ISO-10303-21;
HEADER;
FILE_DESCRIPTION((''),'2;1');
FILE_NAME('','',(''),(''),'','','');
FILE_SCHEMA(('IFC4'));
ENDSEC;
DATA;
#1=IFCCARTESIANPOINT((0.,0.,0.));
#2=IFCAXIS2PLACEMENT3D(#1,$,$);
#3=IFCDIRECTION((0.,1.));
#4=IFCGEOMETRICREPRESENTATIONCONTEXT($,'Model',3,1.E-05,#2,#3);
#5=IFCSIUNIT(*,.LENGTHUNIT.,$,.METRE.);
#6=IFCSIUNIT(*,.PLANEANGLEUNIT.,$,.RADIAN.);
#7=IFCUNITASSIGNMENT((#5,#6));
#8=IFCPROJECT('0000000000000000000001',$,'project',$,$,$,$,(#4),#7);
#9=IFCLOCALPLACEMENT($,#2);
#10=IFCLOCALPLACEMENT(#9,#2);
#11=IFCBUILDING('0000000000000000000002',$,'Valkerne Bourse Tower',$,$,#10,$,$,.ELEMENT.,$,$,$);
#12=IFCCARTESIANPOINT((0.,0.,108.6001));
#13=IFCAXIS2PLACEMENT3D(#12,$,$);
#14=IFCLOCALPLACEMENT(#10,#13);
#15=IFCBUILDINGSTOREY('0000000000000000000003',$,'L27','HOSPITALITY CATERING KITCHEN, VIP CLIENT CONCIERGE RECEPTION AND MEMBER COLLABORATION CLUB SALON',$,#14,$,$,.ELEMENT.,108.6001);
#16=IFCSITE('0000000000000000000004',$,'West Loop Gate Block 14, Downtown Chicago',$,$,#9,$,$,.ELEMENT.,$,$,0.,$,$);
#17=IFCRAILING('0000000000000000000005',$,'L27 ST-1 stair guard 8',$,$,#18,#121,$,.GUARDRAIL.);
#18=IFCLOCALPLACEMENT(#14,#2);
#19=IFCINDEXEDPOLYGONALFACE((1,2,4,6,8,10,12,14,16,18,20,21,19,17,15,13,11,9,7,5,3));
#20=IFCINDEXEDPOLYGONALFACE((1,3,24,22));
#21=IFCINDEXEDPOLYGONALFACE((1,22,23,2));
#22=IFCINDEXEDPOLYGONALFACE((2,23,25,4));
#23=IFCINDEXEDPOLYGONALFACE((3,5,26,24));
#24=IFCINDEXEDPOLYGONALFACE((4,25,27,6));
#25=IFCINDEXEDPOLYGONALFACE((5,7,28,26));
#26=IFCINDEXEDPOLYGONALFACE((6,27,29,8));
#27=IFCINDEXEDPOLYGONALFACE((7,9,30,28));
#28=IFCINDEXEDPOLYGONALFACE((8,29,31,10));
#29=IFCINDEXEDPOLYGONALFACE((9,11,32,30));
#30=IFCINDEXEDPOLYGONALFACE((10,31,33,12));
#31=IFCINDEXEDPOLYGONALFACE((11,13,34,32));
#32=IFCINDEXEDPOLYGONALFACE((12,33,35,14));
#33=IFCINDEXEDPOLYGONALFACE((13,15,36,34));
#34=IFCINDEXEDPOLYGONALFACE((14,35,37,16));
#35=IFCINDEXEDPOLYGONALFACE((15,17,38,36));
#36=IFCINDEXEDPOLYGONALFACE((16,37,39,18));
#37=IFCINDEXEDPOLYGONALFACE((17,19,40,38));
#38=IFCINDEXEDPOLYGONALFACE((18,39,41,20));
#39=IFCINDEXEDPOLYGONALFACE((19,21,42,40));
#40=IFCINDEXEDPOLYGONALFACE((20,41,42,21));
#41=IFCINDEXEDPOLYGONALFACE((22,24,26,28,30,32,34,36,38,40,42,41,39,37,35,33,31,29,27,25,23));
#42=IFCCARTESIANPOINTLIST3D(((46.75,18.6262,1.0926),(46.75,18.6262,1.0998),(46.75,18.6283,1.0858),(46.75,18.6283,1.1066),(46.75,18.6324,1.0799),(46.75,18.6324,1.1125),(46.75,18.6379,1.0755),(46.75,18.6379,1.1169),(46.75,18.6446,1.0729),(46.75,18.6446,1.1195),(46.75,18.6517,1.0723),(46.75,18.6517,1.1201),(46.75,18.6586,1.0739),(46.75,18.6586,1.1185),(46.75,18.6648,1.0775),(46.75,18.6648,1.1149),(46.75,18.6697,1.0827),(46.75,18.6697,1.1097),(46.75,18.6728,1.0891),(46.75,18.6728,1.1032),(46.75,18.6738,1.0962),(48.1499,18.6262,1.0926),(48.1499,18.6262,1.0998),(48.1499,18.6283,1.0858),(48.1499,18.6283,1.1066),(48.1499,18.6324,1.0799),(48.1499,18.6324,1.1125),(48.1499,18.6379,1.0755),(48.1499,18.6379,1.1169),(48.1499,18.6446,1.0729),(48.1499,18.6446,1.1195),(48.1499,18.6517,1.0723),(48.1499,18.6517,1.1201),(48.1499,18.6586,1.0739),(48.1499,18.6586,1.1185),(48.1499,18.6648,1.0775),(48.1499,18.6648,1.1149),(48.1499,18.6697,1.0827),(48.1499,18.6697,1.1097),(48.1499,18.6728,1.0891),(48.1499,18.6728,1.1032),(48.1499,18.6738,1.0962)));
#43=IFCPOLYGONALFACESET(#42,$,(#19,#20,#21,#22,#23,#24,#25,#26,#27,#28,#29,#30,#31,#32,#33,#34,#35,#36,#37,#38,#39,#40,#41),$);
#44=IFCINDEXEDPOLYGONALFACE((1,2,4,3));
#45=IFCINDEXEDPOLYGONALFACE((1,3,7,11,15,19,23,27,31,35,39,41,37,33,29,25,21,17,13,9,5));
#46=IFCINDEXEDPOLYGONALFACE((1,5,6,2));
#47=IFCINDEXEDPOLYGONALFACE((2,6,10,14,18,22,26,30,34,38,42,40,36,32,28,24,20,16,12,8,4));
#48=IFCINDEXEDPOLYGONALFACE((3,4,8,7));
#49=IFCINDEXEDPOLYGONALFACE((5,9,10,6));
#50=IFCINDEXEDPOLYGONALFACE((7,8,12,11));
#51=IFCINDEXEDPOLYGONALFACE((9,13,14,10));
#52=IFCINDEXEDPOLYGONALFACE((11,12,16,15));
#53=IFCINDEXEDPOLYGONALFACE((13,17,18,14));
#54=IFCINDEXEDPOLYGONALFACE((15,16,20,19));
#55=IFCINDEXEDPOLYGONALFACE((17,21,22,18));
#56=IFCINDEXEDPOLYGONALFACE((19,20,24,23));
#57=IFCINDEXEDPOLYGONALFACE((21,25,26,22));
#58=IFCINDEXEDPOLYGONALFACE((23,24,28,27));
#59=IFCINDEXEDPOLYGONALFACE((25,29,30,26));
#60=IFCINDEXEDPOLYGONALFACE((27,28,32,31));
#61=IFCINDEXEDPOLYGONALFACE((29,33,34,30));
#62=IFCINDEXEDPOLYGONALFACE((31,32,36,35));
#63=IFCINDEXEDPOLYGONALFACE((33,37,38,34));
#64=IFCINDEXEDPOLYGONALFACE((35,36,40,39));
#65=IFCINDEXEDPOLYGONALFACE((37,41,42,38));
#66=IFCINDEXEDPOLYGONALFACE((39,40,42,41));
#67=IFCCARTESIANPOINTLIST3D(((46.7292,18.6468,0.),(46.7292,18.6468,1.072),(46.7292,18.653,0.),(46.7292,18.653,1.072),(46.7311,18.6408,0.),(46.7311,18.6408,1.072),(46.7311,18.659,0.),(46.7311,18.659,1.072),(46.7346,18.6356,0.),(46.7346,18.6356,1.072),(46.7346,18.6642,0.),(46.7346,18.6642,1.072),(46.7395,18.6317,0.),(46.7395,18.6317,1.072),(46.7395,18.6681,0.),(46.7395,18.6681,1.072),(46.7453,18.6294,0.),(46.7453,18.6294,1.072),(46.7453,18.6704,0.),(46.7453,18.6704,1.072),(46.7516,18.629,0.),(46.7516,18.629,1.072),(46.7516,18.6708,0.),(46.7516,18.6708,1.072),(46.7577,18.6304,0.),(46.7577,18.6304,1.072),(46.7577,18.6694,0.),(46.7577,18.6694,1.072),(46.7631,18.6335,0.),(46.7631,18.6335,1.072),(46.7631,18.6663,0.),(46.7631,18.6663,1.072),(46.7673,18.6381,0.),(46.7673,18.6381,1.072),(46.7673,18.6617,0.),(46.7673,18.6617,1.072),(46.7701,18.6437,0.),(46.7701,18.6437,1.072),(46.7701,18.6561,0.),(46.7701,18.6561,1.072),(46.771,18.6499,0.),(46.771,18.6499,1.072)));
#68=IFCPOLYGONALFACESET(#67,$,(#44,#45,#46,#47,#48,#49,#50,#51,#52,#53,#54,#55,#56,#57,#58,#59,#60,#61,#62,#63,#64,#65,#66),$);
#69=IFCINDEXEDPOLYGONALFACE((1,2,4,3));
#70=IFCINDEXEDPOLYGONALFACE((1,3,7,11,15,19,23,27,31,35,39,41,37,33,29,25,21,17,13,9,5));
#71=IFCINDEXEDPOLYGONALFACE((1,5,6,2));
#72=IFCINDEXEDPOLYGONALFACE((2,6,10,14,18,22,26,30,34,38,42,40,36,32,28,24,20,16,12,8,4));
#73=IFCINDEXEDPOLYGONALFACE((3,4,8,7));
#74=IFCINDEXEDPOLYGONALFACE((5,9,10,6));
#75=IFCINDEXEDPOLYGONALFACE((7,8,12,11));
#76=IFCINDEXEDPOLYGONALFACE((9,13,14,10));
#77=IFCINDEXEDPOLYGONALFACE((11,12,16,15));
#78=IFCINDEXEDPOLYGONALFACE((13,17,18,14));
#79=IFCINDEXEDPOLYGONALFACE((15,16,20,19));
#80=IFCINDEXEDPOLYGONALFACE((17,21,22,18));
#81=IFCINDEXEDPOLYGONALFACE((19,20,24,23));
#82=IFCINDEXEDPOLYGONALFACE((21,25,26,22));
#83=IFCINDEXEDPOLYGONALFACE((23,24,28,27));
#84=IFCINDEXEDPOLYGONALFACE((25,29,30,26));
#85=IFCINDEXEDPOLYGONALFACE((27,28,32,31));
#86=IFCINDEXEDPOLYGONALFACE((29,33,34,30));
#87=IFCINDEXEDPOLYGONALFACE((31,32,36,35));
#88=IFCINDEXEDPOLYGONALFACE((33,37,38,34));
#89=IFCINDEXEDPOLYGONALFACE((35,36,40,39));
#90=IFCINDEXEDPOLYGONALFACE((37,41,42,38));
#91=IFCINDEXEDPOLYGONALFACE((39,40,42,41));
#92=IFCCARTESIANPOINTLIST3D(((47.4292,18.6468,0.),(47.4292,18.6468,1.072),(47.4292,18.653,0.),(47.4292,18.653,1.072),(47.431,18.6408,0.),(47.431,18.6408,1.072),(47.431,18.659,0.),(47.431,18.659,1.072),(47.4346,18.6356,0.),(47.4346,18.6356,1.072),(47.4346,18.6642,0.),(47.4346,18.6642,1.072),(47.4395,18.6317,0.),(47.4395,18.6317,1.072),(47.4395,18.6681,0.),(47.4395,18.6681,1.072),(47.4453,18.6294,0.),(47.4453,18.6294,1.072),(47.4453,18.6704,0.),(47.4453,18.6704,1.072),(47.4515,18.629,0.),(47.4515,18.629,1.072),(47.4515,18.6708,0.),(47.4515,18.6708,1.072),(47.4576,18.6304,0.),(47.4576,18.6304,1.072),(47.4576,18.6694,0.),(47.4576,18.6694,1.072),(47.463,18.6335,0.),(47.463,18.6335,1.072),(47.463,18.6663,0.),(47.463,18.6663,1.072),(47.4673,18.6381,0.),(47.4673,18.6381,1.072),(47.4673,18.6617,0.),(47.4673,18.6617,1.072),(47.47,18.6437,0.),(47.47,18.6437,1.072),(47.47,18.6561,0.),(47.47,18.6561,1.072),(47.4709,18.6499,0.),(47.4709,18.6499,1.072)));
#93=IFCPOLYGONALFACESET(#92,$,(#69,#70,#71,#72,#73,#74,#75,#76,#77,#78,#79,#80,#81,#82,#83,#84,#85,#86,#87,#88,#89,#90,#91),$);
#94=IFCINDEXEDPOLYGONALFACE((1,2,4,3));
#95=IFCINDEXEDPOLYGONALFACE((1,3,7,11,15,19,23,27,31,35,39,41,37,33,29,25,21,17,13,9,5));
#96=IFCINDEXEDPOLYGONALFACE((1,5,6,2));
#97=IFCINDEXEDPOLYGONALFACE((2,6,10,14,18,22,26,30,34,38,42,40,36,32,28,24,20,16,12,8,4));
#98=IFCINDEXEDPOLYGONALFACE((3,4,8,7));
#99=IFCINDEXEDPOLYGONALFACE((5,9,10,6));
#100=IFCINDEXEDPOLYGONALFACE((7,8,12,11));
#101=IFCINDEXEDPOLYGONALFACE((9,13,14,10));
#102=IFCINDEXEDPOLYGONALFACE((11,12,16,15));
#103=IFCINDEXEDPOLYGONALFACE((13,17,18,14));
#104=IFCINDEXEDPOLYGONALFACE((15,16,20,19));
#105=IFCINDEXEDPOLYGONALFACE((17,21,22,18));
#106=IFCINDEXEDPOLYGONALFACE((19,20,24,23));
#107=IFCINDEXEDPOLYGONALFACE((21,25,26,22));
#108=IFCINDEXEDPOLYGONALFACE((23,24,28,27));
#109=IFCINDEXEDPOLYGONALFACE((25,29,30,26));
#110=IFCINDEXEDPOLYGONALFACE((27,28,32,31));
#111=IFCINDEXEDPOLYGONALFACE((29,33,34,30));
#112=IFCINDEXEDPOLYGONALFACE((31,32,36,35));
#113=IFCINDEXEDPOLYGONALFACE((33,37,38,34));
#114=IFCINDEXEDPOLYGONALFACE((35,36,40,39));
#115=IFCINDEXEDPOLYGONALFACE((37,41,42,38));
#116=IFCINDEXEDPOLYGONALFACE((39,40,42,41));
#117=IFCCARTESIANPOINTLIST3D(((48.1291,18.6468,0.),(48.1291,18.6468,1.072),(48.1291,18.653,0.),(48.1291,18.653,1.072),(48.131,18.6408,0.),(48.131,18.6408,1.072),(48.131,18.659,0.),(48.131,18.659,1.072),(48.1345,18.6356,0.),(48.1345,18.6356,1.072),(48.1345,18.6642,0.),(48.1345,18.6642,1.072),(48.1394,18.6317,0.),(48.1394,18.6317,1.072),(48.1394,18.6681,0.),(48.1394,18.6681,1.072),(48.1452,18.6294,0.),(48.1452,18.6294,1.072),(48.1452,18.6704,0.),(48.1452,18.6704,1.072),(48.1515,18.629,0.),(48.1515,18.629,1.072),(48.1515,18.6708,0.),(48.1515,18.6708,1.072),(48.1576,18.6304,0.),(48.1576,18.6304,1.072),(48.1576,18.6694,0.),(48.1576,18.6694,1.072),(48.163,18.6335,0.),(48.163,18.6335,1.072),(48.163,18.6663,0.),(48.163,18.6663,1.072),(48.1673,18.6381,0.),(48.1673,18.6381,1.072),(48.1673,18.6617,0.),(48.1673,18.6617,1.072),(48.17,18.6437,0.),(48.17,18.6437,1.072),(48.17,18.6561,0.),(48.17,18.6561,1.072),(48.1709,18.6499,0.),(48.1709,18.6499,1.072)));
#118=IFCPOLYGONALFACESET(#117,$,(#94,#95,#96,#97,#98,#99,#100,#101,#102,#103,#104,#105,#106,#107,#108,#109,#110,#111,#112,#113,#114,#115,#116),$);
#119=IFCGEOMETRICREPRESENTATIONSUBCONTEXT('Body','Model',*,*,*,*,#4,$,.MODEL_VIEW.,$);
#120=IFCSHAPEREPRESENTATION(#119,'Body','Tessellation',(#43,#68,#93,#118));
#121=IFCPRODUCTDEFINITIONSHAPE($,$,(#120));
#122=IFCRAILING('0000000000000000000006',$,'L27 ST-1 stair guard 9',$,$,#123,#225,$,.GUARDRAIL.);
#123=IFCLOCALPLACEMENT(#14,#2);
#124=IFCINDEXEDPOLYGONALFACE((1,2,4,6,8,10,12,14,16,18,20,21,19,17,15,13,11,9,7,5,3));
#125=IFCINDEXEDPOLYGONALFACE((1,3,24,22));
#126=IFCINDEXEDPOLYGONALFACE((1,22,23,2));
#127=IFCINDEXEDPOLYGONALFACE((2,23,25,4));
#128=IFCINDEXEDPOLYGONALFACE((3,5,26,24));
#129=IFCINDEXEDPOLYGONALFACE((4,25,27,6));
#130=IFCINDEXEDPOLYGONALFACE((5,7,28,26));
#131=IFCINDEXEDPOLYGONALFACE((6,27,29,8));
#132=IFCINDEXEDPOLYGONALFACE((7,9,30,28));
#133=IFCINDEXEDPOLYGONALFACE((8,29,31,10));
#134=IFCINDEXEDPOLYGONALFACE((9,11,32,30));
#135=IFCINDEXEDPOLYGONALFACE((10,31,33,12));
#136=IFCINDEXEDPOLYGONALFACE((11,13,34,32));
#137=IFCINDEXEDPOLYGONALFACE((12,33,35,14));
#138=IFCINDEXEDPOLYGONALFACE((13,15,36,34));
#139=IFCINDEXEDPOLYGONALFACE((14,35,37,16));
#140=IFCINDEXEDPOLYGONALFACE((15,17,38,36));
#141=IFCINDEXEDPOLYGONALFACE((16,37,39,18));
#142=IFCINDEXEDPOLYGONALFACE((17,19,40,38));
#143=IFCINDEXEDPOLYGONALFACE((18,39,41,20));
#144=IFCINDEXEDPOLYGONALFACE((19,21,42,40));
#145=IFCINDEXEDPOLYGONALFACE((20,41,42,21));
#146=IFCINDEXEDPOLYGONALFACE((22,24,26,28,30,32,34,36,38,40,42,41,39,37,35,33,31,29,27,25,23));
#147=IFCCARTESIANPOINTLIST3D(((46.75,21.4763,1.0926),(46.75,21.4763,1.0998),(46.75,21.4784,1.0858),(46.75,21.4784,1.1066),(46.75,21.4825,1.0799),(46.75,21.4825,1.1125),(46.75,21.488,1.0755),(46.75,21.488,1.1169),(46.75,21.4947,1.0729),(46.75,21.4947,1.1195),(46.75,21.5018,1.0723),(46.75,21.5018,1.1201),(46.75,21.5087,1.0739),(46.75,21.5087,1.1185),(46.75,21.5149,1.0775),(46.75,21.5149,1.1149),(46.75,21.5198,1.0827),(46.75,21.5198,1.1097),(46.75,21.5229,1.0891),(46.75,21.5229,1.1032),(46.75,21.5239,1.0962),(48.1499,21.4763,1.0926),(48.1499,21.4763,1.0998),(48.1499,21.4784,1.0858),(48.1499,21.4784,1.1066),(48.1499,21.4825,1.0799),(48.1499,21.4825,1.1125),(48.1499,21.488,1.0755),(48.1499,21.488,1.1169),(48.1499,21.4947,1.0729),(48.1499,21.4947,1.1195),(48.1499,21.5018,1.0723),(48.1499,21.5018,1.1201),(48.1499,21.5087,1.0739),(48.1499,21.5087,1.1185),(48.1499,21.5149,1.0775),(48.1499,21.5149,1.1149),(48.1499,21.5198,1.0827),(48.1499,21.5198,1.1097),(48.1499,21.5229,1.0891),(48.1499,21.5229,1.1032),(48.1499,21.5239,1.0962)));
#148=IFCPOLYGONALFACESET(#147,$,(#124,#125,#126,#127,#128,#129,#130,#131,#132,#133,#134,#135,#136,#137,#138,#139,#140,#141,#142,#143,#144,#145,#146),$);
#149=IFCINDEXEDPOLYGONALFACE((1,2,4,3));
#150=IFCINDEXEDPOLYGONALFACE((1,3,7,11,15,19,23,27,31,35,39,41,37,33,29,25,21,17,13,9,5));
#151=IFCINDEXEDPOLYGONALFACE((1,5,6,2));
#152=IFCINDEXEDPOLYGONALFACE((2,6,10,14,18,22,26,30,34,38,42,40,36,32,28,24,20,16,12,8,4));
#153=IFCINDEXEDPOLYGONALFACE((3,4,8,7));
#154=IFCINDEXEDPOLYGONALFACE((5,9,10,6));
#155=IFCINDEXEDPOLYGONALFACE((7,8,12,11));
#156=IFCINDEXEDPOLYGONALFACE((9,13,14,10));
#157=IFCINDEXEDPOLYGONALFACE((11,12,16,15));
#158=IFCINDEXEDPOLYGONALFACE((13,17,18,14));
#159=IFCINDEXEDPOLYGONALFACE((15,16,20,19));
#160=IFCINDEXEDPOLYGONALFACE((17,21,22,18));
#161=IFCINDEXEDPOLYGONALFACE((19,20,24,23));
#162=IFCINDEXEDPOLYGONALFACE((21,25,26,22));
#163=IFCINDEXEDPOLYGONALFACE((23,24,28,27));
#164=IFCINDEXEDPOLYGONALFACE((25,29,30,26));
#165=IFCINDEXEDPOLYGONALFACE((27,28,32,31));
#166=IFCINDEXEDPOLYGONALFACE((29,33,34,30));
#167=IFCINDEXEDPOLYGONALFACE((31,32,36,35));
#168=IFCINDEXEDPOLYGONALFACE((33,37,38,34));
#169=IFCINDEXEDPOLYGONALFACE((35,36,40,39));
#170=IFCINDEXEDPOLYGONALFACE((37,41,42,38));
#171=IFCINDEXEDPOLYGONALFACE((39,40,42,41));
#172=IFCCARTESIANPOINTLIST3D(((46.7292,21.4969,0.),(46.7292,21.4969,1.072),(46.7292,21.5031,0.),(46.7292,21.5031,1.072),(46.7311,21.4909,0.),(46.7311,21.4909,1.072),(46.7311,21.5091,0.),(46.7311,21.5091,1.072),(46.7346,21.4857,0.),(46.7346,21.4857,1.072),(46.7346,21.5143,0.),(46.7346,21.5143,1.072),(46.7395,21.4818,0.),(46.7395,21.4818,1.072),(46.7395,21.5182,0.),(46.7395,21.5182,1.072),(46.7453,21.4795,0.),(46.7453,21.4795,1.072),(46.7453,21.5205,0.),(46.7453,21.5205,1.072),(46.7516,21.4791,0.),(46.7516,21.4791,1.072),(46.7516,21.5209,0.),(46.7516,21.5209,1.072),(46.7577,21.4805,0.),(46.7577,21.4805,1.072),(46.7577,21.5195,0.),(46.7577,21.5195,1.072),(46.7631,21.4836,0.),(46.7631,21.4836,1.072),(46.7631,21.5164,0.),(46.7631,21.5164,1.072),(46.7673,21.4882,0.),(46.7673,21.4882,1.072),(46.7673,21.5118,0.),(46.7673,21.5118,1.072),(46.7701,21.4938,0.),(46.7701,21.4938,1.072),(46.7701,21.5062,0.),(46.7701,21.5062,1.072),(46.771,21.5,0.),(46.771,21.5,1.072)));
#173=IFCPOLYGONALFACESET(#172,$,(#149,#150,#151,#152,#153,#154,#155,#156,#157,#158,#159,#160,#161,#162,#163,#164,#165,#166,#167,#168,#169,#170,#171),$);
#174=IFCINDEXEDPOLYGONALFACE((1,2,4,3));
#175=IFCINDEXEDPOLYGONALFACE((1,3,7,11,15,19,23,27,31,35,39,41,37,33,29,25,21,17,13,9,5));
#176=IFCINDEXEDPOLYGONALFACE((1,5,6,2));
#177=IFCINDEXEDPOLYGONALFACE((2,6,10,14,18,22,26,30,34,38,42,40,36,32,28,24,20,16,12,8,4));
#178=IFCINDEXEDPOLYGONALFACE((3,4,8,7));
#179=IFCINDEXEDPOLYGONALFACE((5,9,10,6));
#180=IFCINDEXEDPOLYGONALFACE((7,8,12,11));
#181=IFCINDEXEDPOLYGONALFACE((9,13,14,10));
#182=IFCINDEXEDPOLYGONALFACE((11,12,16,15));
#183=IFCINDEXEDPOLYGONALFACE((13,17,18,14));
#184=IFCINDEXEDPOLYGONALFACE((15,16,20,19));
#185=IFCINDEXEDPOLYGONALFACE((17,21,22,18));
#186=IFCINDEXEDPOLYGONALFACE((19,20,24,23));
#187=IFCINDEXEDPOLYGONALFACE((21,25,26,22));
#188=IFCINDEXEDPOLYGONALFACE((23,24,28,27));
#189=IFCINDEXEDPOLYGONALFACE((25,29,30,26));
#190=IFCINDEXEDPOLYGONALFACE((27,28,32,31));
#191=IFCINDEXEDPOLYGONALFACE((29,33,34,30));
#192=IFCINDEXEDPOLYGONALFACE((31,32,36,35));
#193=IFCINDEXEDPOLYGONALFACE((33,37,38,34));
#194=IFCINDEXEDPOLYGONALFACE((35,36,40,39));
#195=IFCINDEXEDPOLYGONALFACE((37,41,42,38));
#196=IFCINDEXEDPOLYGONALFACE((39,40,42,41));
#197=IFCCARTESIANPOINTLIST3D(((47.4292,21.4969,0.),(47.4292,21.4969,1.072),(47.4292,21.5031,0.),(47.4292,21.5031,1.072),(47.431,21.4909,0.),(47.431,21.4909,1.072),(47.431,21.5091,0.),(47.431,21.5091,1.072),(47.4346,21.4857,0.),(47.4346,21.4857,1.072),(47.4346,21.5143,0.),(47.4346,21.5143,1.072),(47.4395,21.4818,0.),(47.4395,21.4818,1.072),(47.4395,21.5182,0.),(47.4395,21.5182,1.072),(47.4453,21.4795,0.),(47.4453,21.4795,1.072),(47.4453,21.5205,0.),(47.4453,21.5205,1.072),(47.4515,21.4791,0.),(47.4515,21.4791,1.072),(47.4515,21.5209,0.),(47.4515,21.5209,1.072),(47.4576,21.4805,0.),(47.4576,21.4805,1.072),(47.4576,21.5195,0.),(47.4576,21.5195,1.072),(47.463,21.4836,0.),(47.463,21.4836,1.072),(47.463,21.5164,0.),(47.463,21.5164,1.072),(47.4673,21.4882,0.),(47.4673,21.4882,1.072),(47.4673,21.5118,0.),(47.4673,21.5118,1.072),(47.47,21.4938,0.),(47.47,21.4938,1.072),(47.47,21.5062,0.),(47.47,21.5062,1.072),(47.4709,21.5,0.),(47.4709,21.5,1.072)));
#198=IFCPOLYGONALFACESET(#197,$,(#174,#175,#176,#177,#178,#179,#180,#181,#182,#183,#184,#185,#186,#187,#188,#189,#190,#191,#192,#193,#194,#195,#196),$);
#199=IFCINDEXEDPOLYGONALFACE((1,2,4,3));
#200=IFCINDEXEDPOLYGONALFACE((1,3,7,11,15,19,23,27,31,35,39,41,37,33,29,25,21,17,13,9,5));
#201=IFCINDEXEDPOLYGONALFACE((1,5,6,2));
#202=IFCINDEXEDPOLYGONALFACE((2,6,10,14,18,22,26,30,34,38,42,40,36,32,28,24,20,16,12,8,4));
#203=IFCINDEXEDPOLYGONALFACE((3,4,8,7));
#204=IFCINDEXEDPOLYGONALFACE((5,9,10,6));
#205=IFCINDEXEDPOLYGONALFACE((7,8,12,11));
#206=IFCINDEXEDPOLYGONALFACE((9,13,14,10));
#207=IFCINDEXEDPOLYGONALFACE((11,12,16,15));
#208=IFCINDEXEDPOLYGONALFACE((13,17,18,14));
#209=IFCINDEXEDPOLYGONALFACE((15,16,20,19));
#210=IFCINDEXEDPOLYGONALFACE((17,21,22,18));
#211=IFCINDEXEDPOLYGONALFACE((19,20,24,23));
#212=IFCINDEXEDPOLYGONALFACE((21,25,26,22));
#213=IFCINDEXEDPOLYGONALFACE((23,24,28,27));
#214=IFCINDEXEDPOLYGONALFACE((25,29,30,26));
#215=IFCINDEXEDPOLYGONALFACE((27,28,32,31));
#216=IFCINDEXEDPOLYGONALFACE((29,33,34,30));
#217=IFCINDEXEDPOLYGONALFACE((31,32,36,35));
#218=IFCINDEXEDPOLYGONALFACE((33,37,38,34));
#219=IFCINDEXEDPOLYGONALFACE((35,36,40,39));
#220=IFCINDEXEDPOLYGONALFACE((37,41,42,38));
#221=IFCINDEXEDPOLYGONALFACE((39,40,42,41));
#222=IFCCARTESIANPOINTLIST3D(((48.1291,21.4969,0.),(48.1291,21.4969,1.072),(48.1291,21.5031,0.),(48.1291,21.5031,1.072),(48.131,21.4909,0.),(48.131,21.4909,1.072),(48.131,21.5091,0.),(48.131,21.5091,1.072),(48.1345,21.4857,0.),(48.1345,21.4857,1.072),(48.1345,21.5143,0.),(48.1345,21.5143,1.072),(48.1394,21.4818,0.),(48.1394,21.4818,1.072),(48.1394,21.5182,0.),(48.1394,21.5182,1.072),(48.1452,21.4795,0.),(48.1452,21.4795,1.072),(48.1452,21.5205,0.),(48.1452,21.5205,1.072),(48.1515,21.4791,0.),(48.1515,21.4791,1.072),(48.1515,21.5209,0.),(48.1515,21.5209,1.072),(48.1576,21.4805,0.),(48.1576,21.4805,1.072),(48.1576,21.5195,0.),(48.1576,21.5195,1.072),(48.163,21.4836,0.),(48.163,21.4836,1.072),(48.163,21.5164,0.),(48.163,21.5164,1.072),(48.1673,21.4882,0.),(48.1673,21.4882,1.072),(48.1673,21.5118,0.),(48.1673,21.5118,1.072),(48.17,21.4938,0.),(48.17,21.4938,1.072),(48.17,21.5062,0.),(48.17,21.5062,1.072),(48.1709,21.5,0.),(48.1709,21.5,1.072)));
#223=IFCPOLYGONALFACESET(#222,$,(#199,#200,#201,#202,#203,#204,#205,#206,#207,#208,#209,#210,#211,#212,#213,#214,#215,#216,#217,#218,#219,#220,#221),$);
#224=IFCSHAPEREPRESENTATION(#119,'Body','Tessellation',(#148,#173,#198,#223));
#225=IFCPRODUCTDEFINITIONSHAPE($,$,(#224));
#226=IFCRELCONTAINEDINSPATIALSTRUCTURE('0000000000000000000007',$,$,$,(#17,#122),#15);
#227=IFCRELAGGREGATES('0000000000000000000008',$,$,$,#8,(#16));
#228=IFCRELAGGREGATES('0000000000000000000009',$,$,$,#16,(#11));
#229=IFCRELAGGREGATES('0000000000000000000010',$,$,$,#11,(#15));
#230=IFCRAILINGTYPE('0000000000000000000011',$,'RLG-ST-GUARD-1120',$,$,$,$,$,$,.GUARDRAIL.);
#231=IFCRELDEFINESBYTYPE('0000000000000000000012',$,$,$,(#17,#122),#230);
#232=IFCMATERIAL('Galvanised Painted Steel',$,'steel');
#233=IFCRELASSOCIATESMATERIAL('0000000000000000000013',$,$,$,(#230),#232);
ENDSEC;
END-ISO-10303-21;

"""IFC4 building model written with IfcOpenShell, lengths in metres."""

from ifc_helpers import new_model, si_unit, direction, frame, origin, origin_2d, place, context, subcontext, project, spatial, circle, extrude, material, type_object, element, save


model = new_model("IFC4")

# Units and contexts
model_context = context("Model", 3, precision=1e-05, world=origin(), true_north=direction((0.0, 1.0)))
body_context = subcontext(model_context, "Body", "Model", "MODEL_VIEW")
ifc_project = project(units=[si_unit("LENGTHUNIT", "METRE"), si_unit("PLANEANGLEUNIT", "RADIAN")], contexts=[model_context])

# Site, building, storey
site_placement = place(None, origin())
site = spatial("IfcSite", under=ifc_project, at=site_placement, Name="West Loop Gate Block 14, Downtown Chicago", CompositionType="ELEMENT", RefElevation=0.0)
building_placement = place(site_placement, origin())
building = spatial("IfcBuilding", under=site, at=building_placement, Name="Valkerne Bourse Tower", CompositionType="ELEMENT")
storey_placement = place(building_placement, frame((0.0, 0.0, 108.6001)))
storey = spatial("IfcBuildingStorey", under=building, at=storey_placement, Name="L27", Description="HOSPITALITY CATERING KITCHEN, VIP CLIENT CONCIERGE RECEPTION AND MEMBER COLLABORATION CLUB SALON", CompositionType="ELEMENT", Elevation=108.6001)

# Shared definitions
ifc_material_1 = material(Name="Galvanised Painted Steel", Category="steel")

# Railings
railing_type_1 = type_object("IfcRailingType", Name="RLG-ST-GUARD-1120", PredefinedType="GUARDRAIL", material=ifc_material_1)
for number, where, name in (
    (1, (46.75, 18.6499, 0.0), "L27 ST-1 stair guard 8"),
    (2, (46.75, 21.5, 0.0), "L27 ST-1 stair guard 9"),
):
    element("IfcRailing", number, at=place(storey_placement, frame(where)), inside=storey, type_object=railing_type_1, Name=name, PredefinedType="GUARDRAIL", context=body_context, shape_type="SweptSolid", body=[
        extrude(circle(Radius=0.0239, at=origin_2d()), frame((0.0, 0.0, 1.0962), z_axis=(1.0, 0.0, 0.0), x_axis=(0.0, 1.0, 0.0)), (0.0, 0.0, 1.0), 1.3999),
        extrude(circle(Radius=0.021, at=origin_2d()), origin(), (0.0, 0.0, 1.0), 1.072),
        extrude(circle(Radius=0.021, at=origin_2d()), frame((0.7, 0.0, 0.0)), (0.0, 0.0, 1.0), 1.072),
        extrude(circle(Radius=0.021, at=origin_2d()), frame((1.3999, 0.0, 0.0)), (0.0, 0.0, 1.0), 1.072),
    ])

save(model, "model.ifc")
